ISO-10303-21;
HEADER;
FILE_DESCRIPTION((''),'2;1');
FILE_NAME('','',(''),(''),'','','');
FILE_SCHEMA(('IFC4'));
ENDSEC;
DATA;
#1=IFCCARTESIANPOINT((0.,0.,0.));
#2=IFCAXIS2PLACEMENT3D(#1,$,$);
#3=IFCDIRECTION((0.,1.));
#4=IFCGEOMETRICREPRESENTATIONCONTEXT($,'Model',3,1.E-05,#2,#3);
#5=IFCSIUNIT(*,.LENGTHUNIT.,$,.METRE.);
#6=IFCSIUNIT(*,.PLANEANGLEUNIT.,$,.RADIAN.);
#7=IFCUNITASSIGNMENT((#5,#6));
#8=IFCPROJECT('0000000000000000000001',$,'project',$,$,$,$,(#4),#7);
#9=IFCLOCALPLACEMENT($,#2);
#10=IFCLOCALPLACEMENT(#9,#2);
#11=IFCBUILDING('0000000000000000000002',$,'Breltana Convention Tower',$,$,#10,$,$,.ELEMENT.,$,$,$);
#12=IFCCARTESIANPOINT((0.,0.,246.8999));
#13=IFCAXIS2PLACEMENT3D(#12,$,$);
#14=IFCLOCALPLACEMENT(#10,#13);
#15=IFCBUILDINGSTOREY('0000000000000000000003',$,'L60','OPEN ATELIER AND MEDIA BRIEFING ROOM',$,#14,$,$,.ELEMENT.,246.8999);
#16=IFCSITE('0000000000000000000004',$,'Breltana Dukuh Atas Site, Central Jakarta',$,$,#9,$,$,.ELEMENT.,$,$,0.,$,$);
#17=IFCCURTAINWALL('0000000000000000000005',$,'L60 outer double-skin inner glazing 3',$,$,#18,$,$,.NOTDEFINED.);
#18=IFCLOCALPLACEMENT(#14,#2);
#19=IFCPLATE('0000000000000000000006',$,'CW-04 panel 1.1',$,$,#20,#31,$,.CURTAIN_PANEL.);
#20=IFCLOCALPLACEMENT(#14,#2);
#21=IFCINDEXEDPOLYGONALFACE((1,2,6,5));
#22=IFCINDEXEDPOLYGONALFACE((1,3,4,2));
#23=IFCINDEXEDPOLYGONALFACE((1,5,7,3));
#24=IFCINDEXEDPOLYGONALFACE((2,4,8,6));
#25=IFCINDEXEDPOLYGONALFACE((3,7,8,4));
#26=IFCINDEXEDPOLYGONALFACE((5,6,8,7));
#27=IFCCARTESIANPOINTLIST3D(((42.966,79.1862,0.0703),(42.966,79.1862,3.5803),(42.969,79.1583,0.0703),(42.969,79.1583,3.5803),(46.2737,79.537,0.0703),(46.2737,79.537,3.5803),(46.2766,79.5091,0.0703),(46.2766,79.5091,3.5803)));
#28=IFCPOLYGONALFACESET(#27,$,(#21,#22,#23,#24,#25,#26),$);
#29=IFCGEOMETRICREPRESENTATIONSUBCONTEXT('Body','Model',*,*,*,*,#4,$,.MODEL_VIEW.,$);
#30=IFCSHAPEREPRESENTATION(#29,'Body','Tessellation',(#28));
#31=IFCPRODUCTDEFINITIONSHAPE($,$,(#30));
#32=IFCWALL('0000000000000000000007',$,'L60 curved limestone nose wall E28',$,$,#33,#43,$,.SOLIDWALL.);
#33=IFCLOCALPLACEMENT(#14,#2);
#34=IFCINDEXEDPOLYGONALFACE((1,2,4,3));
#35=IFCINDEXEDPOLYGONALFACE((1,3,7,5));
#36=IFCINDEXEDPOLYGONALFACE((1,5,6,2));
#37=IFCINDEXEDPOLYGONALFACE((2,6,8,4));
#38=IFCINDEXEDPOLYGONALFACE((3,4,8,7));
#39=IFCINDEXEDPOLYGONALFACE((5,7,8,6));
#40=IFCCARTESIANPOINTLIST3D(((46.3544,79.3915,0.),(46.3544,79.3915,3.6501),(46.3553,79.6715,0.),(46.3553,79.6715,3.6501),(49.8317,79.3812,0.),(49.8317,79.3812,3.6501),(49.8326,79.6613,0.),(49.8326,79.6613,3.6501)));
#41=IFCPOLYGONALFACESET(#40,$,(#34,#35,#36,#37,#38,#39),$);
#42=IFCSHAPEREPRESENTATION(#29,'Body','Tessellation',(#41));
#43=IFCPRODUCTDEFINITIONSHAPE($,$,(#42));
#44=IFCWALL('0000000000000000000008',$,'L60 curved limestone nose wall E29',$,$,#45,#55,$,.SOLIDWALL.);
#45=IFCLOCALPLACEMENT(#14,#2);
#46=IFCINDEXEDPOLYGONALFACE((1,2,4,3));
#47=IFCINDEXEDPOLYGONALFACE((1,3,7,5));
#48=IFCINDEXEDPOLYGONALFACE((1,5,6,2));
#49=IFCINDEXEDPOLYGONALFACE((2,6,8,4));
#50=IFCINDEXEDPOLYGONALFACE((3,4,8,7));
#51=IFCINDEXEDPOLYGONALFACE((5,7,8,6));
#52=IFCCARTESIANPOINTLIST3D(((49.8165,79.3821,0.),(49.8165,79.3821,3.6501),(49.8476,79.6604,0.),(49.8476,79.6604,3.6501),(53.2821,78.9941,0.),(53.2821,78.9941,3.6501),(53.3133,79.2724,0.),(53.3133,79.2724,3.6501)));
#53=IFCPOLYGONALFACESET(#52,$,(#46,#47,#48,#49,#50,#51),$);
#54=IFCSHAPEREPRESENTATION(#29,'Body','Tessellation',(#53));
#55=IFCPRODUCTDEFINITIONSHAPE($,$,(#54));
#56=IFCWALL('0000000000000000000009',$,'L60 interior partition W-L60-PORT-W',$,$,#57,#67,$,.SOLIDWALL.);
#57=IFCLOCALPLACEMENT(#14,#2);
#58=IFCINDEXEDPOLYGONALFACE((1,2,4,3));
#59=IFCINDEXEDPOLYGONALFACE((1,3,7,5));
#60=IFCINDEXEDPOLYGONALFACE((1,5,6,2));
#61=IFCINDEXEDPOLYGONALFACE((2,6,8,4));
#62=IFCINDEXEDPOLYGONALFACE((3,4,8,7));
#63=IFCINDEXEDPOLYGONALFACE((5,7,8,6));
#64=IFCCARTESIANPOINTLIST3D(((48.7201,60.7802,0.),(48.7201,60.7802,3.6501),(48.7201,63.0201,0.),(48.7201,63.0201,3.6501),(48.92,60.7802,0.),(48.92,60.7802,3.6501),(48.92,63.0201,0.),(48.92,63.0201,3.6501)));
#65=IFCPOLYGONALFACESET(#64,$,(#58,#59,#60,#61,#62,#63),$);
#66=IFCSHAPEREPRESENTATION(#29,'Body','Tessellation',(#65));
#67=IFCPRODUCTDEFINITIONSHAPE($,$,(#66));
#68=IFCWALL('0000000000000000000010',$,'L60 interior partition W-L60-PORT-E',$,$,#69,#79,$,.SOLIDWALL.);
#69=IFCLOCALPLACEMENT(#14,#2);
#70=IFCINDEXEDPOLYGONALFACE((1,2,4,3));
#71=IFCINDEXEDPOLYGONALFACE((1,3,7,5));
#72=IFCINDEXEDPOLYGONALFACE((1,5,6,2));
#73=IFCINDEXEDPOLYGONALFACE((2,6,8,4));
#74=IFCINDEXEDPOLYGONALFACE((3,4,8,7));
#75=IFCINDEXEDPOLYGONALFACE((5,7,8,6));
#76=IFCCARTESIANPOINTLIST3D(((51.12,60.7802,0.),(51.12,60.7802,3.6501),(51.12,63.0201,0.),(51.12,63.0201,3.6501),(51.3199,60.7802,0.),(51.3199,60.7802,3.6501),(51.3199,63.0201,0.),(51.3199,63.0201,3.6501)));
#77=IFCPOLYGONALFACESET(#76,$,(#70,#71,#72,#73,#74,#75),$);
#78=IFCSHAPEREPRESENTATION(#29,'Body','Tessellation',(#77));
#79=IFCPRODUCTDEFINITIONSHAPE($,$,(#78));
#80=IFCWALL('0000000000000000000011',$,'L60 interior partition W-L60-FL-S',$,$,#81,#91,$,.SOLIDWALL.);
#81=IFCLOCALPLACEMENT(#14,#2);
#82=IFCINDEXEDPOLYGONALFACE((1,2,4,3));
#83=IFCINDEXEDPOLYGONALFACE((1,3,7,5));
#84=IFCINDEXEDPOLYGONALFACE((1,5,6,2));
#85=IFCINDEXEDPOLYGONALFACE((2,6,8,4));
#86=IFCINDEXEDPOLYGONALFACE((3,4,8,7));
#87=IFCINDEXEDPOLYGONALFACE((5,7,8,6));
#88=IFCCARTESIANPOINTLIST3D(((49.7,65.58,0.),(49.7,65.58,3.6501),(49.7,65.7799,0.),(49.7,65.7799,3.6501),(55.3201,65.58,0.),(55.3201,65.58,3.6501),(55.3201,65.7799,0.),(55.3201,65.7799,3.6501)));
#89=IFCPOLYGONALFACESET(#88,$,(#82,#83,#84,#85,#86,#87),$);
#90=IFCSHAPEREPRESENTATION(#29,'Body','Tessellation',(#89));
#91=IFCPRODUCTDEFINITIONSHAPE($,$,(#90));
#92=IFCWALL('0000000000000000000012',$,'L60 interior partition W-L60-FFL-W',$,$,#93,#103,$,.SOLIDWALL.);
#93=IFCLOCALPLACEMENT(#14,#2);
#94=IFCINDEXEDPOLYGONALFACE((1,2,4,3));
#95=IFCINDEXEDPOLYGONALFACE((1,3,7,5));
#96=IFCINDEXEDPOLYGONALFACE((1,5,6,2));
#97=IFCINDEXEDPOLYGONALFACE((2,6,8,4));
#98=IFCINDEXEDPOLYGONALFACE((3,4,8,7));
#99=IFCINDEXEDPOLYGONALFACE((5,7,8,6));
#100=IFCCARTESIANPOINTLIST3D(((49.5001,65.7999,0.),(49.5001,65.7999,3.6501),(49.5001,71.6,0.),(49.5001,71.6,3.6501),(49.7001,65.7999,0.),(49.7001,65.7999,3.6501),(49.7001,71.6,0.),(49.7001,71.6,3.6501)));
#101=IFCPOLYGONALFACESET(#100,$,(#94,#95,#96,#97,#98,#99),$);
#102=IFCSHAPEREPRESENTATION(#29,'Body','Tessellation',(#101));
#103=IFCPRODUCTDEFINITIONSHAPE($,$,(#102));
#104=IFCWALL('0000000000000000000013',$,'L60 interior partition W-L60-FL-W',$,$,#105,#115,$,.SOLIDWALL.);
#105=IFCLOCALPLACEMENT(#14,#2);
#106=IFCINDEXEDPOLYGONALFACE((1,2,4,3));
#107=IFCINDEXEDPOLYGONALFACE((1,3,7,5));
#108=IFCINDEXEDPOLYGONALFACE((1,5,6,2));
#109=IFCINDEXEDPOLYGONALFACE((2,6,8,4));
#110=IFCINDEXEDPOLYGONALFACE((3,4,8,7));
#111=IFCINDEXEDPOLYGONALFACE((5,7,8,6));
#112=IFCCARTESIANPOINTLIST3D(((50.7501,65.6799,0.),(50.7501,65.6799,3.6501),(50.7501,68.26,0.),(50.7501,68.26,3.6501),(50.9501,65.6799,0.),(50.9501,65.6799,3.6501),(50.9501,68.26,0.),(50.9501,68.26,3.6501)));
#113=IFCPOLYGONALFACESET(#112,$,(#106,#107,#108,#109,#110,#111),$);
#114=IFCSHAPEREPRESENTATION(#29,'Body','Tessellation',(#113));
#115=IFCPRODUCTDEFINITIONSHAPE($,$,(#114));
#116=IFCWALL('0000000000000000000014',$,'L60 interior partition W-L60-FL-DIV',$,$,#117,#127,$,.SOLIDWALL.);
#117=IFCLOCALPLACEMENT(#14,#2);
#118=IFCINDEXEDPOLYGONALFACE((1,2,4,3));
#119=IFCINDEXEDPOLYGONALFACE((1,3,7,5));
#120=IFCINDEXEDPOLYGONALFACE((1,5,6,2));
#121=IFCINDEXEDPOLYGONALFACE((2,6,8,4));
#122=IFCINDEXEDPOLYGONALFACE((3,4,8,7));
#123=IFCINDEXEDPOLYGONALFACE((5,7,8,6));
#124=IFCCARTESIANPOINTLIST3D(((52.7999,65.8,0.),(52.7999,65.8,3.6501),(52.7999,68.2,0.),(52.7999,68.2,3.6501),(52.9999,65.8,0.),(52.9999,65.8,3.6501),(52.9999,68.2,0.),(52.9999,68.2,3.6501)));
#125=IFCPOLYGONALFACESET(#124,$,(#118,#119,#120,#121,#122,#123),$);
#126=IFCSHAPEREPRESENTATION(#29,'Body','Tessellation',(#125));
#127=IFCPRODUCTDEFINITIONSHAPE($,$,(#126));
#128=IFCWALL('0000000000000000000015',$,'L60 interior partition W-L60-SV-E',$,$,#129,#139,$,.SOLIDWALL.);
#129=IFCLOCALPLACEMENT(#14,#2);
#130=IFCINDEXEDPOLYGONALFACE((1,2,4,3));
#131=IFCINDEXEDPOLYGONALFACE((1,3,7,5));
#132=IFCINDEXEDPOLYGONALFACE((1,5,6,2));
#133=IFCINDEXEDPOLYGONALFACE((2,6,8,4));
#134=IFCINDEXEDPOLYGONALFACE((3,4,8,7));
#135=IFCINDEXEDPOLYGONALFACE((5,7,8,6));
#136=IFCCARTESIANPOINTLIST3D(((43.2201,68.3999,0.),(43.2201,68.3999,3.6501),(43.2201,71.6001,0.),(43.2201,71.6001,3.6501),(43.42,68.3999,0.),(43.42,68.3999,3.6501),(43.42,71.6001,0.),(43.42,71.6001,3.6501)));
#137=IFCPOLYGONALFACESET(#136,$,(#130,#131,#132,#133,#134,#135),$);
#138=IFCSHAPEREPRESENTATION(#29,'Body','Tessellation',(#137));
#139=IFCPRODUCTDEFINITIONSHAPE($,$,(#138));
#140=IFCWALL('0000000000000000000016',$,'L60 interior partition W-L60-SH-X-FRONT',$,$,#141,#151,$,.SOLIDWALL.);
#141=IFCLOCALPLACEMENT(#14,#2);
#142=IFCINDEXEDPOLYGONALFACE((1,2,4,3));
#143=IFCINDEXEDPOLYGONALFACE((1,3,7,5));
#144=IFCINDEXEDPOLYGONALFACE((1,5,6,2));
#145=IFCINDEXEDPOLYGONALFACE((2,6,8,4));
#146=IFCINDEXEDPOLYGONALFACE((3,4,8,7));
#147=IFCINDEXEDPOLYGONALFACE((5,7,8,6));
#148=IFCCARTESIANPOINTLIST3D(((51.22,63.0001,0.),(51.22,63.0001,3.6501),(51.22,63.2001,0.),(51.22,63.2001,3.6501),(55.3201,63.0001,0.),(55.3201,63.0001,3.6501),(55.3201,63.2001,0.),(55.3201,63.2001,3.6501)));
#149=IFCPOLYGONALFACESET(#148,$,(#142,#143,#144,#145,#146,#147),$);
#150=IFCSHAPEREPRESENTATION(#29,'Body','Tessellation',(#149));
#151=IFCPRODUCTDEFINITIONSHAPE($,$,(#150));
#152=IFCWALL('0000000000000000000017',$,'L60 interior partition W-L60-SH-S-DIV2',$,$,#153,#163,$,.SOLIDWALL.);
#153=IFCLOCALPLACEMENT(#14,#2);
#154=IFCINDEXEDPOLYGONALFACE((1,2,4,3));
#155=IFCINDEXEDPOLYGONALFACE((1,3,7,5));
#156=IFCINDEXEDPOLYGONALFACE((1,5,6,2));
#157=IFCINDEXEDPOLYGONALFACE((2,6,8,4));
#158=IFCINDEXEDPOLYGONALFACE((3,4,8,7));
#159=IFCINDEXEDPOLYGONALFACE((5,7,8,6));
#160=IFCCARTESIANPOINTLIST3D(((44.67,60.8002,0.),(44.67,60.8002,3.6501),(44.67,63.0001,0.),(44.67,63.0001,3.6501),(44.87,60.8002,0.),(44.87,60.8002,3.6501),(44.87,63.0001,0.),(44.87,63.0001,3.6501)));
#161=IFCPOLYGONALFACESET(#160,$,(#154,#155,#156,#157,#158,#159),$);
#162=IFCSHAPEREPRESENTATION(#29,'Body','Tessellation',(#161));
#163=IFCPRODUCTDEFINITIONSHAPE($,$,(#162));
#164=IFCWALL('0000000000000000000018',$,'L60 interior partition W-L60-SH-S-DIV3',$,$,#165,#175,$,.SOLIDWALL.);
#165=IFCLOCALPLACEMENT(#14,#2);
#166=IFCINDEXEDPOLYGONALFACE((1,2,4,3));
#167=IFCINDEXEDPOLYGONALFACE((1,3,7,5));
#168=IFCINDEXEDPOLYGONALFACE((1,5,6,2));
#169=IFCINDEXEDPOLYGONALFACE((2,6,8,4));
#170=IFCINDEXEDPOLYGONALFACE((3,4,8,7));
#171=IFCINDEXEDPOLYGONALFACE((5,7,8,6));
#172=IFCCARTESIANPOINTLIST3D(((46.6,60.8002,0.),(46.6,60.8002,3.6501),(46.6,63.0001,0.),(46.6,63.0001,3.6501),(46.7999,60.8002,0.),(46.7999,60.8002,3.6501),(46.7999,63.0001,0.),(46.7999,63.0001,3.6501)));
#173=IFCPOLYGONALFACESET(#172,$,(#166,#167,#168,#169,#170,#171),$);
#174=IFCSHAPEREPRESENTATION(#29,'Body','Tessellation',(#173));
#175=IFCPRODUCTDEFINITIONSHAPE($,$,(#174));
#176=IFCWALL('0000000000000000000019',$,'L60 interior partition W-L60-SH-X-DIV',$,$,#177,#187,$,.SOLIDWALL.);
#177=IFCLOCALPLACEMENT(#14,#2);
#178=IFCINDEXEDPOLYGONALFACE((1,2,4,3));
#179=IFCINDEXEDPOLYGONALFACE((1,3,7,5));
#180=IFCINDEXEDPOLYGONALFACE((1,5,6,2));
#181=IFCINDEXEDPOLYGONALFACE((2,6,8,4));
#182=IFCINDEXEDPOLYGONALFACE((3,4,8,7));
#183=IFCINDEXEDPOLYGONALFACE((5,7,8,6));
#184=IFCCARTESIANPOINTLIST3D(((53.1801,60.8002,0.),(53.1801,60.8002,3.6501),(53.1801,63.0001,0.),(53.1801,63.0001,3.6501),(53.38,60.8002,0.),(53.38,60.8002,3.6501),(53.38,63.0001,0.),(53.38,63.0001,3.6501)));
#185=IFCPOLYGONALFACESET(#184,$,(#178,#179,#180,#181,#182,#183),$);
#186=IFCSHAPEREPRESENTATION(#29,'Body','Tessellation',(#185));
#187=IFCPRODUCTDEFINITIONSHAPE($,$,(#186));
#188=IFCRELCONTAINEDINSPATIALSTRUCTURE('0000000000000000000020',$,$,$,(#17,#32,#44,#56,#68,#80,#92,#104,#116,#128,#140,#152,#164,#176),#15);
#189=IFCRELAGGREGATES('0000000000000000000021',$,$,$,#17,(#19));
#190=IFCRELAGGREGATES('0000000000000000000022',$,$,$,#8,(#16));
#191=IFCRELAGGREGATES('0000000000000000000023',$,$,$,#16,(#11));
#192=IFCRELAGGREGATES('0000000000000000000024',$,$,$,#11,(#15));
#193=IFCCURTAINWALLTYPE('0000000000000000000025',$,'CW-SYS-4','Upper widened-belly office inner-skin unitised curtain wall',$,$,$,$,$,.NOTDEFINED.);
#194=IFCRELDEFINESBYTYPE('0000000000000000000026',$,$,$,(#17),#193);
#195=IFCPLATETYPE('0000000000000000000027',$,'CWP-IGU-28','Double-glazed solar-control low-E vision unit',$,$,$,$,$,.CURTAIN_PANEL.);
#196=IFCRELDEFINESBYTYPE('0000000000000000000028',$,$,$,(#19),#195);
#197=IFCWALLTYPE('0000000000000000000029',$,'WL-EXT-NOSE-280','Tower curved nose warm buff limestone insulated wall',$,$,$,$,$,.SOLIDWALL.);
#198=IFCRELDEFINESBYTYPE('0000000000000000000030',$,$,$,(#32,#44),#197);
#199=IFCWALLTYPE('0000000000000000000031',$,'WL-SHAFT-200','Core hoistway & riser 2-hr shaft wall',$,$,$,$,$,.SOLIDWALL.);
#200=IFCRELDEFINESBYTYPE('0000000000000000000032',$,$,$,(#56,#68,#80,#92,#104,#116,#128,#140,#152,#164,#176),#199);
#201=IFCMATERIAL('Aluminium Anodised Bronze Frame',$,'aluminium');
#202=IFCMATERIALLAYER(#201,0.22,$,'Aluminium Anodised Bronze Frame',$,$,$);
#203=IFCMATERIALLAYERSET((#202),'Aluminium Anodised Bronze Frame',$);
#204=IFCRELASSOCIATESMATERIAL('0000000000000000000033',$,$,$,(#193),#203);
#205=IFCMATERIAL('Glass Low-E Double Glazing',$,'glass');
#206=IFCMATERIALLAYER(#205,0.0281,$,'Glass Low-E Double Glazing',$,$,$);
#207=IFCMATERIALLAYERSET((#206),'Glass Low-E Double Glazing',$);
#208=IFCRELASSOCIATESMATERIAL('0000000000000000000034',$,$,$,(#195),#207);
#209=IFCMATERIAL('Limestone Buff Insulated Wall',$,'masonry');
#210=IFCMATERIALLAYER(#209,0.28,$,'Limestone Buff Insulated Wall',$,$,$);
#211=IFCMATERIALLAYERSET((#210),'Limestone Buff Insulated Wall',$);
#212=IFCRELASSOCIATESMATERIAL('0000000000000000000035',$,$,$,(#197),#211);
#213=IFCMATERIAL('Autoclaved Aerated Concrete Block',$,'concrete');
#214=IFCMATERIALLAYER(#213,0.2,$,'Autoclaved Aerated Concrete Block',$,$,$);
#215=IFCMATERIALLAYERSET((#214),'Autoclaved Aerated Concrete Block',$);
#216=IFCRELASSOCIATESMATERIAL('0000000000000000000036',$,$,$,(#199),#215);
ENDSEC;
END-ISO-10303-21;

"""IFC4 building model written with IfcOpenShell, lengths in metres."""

from ifc_helpers import new_model, si_unit, direction, frame, frame_2d, origin, origin_2d, place, context, subcontext, project, spatial, rectangle, extrude, source, transform, mapped, material, layer, layer_set, type_object, element, aggregate, save


model = new_model("IFC4")

# Units and contexts
model_context = context("Model", 3, precision=1e-05, world=origin(), true_north=direction((0.0, 1.0)))
body_context = subcontext(model_context, "Body", "Model", "MODEL_VIEW")
ifc_project = project(units=[si_unit("LENGTHUNIT", "METRE"), si_unit("PLANEANGLEUNIT", "RADIAN")], contexts=[model_context])

# Site, building, storey
site_placement = place(None, origin())
site = spatial("IfcSite", under=ifc_project, at=site_placement, Name="Breltana Dukuh Atas Site, Central Jakarta", CompositionType="ELEMENT", RefElevation=0.0)
building_placement = place(site_placement, origin())
building = spatial("IfcBuilding", under=site, at=building_placement, Name="Breltana Convention Tower", CompositionType="ELEMENT")
storey_placement = place(building_placement, frame((0.0, 0.0, 246.8999)))
storey = spatial("IfcBuildingStorey", under=building, at=storey_placement, Name="L60", Description="OPEN ATELIER AND MEDIA BRIEFING ROOM", CompositionType="ELEMENT", Elevation=246.8999)

# Curtain wall, plate
ifc_material_1 = material(Name="Aluminium Anodised Bronze Frame", Category="aluminium")
ifc_layer_1 = layer(ifc_material_1, 0.22, Name="Aluminium Anodised Bronze Frame")
ifc_layer_set_1 = layer_set([ifc_layer_1], Name="Aluminium Anodised Bronze Frame")
curtain_wall_type = type_object("IfcCurtainWallType", Name="CW-SYS-4", Description="Upper widened-belly office inner-skin unitised curtain wall", PredefinedType="NOTDEFINED", material=ifc_layer_set_1)
curtain_wall_placement = place(storey_placement, origin())
curtain_wall = element("IfcCurtainWall", 1, at=curtain_wall_placement, inside=storey, type_object=curtain_wall_type, Name="L60 outer double-skin inner glazing 3", PredefinedType="NOTDEFINED")
ifc_material_2 = material(Name="Glass Low-E Double Glazing", Category="glass")
ifc_layer_2 = layer(ifc_material_2, 0.0281, Name="Glass Low-E Double Glazing")
ifc_layer_set_2 = layer_set([ifc_layer_2], Name="Glass Low-E Double Glazing")
plate_type = type_object("IfcPlateType", Name="CWP-IGU-28", Description="Double-glazed solar-control low-E vision unit", PredefinedType="CURTAIN_PANEL", material=ifc_layer_set_2)
shared_shape_1 = source(origin(), body_context, "Body", "SweptSolid", [
    extrude(rectangle(XDim=3.3262, YDim=0.0281, at=origin_2d()), origin(), (0.0, 0.0, 1.0), 3.51),
])
plate_placement = place(storey_placement, frame((44.6213, 79.3477, 0.0703), z_axis=(0.0, 0.0, 1.0), x_axis=(0.994422, 0.105472, 0.0)))
plate = element("IfcPlate", 2, at=plate_placement, type_object=plate_type, Name="CW-04 panel 1.1", PredefinedType="CURTAIN_PANEL", context=body_context, shape_type="MappedRepresentation", body=[
    mapped(shared_shape_1, transform((0.0, 0.0, 0.0), scale=1.0)),
])
aggregate(curtain_wall, [plate])

# Walls
ifc_material_3 = material(Name="Limestone Buff Insulated Wall", Category="masonry")
ifc_layer_3 = layer(ifc_material_3, 0.28, Name="Limestone Buff Insulated Wall")
ifc_layer_set_3 = layer_set([ifc_layer_3], Name="Limestone Buff Insulated Wall")
wall_type_1 = type_object("IfcWallType", Name="WL-EXT-NOSE-280", Description="Tower curved nose warm buff limestone insulated wall", PredefinedType="SOLIDWALL", material=ifc_layer_set_3)
shared_shape_2 = source(origin(), body_context, "Body", "SweptSolid", [
    extrude(rectangle(XDim=3.4773, YDim=0.28, at=frame_2d((1.7388, 0.0))), origin(), (0.0, 0.0, 1.0), 3.6501),
])
wall_1_placement = place(storey_placement, frame((46.3547, 79.5315, 0.0), z_axis=(0.0, 0.0, 1.0), x_axis=(0.999996, -0.002949, 0.0)))
element("IfcWall", 3, at=wall_1_placement, inside=storey, type_object=wall_type_1, Name="L60 curved limestone nose wall E28", PredefinedType="SOLIDWALL", context=body_context, shape_type="MappedRepresentation", body=[
    mapped(shared_shape_2, transform((0.0, 0.0, 0.0), scale=1.0)),
])
shared_shape_3 = source(origin(), body_context, "Body", "SweptSolid", [
    extrude(rectangle(XDim=3.4873, YDim=0.28, at=frame_2d((1.7437, 0.0))), origin(), (0.0, 0.0, 1.0), 3.6501),
])
wall_2_placement = place(storey_placement, frame((49.832, 79.5212, 0.0), z_axis=(0.0, 0.0, 1.0), x_axis=(0.993793, -0.111246, 0.0)))
element("IfcWall", 4, at=wall_2_placement, inside=storey, type_object=wall_type_1, Name="L60 curved limestone nose wall E29", PredefinedType="SOLIDWALL", context=body_context, shape_type="MappedRepresentation", body=[
    mapped(shared_shape_3, transform((0.0, 0.0, 0.0), scale=1.0)),
])
ifc_material_4 = material(Name="Autoclaved Aerated Concrete Block", Category="concrete")
ifc_layer_4 = layer(ifc_material_4, 0.2, Name="Autoclaved Aerated Concrete Block")
ifc_layer_set_4 = layer_set([ifc_layer_4], Name="Autoclaved Aerated Concrete Block")
wall_type_2 = type_object("IfcWallType", Name="WL-SHAFT-200", Description="Core hoistway & riser 2-hr shaft wall", PredefinedType="SOLIDWALL", material=ifc_layer_set_4)
shared_shape_4 = source(origin(), body_context, "Body", "SweptSolid", [
    extrude(rectangle(XDim=2.24, YDim=0.2, at=frame_2d((1.1201, 0.0))), origin(), (0.0, 0.0, 1.0), 3.6501),
])
for number, where, z_axis, x_axis, name in (
    (5, (48.8201, 60.78, 0.0), (0.0, 0.0, 1.0), (0.0, 1.0, 0.0), "L60 interior partition W-L60-PORT-W"),
    (6, (51.22, 60.78, 0.0), (0.0, 0.0, 1.0), (0.0, 1.0, 0.0), "L60 interior partition W-L60-PORT-E"),
):
    element("IfcWall", number, at=place(storey_placement, frame(where, z_axis=z_axis, x_axis=x_axis)), inside=storey, type_object=wall_type_2, Name=name, PredefinedType="SOLIDWALL", context=body_context, shape_type="MappedRepresentation", body=[
        mapped(shared_shape_4, transform((0.0, 0.0, 0.0), scale=1.0)),
    ])

# Shared definitions
shared_shape_5 = source(origin(), body_context, "Body", "SweptSolid", [
    extrude(rectangle(XDim=5.6201, YDim=0.2, at=frame_2d((2.8101, 0.0))), origin(), (0.0, 0.0, 1.0), 3.6501),
])

# Walls
wall_3_placement = place(storey_placement, frame((49.7, 65.6799, 0.0), z_axis=(0.0, 0.0, 1.0), x_axis=(1.0, 0.0, 0.0)))
element("IfcWall", 7, at=wall_3_placement, inside=storey, type_object=wall_type_2, Name="L60 interior partition W-L60-FL-S", PredefinedType="SOLIDWALL", context=body_context, shape_type="MappedRepresentation", body=[
    mapped(shared_shape_5, transform((0.0, 0.0, 0.0), scale=1.0)),
])
shared_shape_6 = source(origin(), body_context, "Body", "SweptSolid", [
    extrude(rectangle(XDim=5.8, YDim=0.2, at=frame_2d((2.8999, 0.0))), origin(), (0.0, 0.0, 1.0), 3.6501),
])
wall_4_placement = place(storey_placement, frame((49.6001, 65.8, 0.0), z_axis=(0.0, 0.0, 1.0), x_axis=(0.0, 1.0, 0.0)))
element("IfcWall", 8, at=wall_4_placement, inside=storey, type_object=wall_type_2, Name="L60 interior partition W-L60-FFL-W", PredefinedType="SOLIDWALL", context=body_context, shape_type="MappedRepresentation", body=[
    mapped(shared_shape_6, transform((0.0, 0.0, 0.0), scale=1.0)),
])
shared_shape_7 = source(origin(), body_context, "Body", "SweptSolid", [
    extrude(rectangle(XDim=2.5801, YDim=0.2, at=frame_2d((1.29, 0.0))), origin(), (0.0, 0.0, 1.0), 3.6501),
])
wall_5_placement = place(storey_placement, frame((50.8501, 65.6799, 0.0), z_axis=(0.0, 0.0, 1.0), x_axis=(0.0, 1.0, 0.0)))
element("IfcWall", 9, at=wall_5_placement, inside=storey, type_object=wall_type_2, Name="L60 interior partition W-L60-FL-W", PredefinedType="SOLIDWALL", context=body_context, shape_type="MappedRepresentation", body=[
    mapped(shared_shape_7, transform((0.0, 0.0, 0.0), scale=1.0)),
])
shared_shape_8 = source(origin(), body_context, "Body", "SweptSolid", [
    extrude(rectangle(XDim=2.3999, YDim=0.2, at=frame_2d((1.2, 0.0))), origin(), (0.0, 0.0, 1.0), 3.6501),
])
wall_6_placement = place(storey_placement, frame((52.8999, 65.8, 0.0), z_axis=(0.0, 0.0, 1.0), x_axis=(0.0, 1.0, 0.0)))
element("IfcWall", 10, at=wall_6_placement, inside=storey, type_object=wall_type_2, Name="L60 interior partition W-L60-FL-DIV", PredefinedType="SOLIDWALL", context=body_context, shape_type="MappedRepresentation", body=[
    mapped(shared_shape_8, transform((0.0, 0.0, 0.0), scale=1.0)),
])
shared_shape_9 = source(origin(), body_context, "Body", "SweptSolid", [
    extrude(rectangle(XDim=3.2002, YDim=0.2, at=frame_2d((1.6001, 0.0))), origin(), (0.0, 0.0, 1.0), 3.6501),
])
wall_7_placement = place(storey_placement, frame((43.3201, 68.3999, 0.0), z_axis=(0.0, 0.0, 1.0), x_axis=(0.0, 1.0, 0.0)))
element("IfcWall", 11, at=wall_7_placement, inside=storey, type_object=wall_type_2, Name="L60 interior partition W-L60-SV-E", PredefinedType="SOLIDWALL", context=body_context, shape_type="MappedRepresentation", body=[
    mapped(shared_shape_9, transform((0.0, 0.0, 0.0), scale=1.0)),
])
shared_shape_10 = source(origin(), body_context, "Body", "SweptSolid", [
    extrude(rectangle(XDim=4.1001, YDim=0.2, at=frame_2d((2.05, 0.0))), origin(), (0.0, 0.0, 1.0), 3.6501),
])
wall_8_placement = place(storey_placement, frame((51.22, 63.1001, 0.0), z_axis=(0.0, 0.0, 1.0), x_axis=(1.0, 0.0, 0.0)))
element("IfcWall", 12, at=wall_8_placement, inside=storey, type_object=wall_type_2, Name="L60 interior partition W-L60-SH-X-FRONT", PredefinedType="SOLIDWALL", context=body_context, shape_type="MappedRepresentation", body=[
    mapped(shared_shape_10, transform((0.0, 0.0, 0.0), scale=1.0)),
])
shared_shape_11 = source(origin(), body_context, "Body", "SweptSolid", [
    extrude(rectangle(XDim=2.2, YDim=0.2, at=frame_2d((1.1001, 0.0))), origin(), (0.0, 0.0, 1.0), 3.6501),
])
for number, where, z_axis, x_axis, name in (
    (13, (44.77, 60.8, 0.0), (0.0, 0.0, 1.0), (0.0, 1.0, 0.0), "L60 interior partition W-L60-SH-S-DIV2"),
    (14, (46.7, 60.8, 0.0), (0.0, 0.0, 1.0), (0.0, 1.0, 0.0), "L60 interior partition W-L60-SH-S-DIV3"),
    (15, (53.28, 60.8, 0.0), (0.0, 0.0, 1.0), (0.0, 1.0, 0.0), "L60 interior partition W-L60-SH-X-DIV"),
):
    element("IfcWall", number, at=place(storey_placement, frame(where, z_axis=z_axis, x_axis=x_axis)), inside=storey, type_object=wall_type_2, Name=name, PredefinedType="SOLIDWALL", context=body_context, shape_type="MappedRepresentation", body=[
        mapped(shared_shape_11, transform((0.0, 0.0, 0.0), scale=1.0)),
    ])

save(model, "model.ifc")
